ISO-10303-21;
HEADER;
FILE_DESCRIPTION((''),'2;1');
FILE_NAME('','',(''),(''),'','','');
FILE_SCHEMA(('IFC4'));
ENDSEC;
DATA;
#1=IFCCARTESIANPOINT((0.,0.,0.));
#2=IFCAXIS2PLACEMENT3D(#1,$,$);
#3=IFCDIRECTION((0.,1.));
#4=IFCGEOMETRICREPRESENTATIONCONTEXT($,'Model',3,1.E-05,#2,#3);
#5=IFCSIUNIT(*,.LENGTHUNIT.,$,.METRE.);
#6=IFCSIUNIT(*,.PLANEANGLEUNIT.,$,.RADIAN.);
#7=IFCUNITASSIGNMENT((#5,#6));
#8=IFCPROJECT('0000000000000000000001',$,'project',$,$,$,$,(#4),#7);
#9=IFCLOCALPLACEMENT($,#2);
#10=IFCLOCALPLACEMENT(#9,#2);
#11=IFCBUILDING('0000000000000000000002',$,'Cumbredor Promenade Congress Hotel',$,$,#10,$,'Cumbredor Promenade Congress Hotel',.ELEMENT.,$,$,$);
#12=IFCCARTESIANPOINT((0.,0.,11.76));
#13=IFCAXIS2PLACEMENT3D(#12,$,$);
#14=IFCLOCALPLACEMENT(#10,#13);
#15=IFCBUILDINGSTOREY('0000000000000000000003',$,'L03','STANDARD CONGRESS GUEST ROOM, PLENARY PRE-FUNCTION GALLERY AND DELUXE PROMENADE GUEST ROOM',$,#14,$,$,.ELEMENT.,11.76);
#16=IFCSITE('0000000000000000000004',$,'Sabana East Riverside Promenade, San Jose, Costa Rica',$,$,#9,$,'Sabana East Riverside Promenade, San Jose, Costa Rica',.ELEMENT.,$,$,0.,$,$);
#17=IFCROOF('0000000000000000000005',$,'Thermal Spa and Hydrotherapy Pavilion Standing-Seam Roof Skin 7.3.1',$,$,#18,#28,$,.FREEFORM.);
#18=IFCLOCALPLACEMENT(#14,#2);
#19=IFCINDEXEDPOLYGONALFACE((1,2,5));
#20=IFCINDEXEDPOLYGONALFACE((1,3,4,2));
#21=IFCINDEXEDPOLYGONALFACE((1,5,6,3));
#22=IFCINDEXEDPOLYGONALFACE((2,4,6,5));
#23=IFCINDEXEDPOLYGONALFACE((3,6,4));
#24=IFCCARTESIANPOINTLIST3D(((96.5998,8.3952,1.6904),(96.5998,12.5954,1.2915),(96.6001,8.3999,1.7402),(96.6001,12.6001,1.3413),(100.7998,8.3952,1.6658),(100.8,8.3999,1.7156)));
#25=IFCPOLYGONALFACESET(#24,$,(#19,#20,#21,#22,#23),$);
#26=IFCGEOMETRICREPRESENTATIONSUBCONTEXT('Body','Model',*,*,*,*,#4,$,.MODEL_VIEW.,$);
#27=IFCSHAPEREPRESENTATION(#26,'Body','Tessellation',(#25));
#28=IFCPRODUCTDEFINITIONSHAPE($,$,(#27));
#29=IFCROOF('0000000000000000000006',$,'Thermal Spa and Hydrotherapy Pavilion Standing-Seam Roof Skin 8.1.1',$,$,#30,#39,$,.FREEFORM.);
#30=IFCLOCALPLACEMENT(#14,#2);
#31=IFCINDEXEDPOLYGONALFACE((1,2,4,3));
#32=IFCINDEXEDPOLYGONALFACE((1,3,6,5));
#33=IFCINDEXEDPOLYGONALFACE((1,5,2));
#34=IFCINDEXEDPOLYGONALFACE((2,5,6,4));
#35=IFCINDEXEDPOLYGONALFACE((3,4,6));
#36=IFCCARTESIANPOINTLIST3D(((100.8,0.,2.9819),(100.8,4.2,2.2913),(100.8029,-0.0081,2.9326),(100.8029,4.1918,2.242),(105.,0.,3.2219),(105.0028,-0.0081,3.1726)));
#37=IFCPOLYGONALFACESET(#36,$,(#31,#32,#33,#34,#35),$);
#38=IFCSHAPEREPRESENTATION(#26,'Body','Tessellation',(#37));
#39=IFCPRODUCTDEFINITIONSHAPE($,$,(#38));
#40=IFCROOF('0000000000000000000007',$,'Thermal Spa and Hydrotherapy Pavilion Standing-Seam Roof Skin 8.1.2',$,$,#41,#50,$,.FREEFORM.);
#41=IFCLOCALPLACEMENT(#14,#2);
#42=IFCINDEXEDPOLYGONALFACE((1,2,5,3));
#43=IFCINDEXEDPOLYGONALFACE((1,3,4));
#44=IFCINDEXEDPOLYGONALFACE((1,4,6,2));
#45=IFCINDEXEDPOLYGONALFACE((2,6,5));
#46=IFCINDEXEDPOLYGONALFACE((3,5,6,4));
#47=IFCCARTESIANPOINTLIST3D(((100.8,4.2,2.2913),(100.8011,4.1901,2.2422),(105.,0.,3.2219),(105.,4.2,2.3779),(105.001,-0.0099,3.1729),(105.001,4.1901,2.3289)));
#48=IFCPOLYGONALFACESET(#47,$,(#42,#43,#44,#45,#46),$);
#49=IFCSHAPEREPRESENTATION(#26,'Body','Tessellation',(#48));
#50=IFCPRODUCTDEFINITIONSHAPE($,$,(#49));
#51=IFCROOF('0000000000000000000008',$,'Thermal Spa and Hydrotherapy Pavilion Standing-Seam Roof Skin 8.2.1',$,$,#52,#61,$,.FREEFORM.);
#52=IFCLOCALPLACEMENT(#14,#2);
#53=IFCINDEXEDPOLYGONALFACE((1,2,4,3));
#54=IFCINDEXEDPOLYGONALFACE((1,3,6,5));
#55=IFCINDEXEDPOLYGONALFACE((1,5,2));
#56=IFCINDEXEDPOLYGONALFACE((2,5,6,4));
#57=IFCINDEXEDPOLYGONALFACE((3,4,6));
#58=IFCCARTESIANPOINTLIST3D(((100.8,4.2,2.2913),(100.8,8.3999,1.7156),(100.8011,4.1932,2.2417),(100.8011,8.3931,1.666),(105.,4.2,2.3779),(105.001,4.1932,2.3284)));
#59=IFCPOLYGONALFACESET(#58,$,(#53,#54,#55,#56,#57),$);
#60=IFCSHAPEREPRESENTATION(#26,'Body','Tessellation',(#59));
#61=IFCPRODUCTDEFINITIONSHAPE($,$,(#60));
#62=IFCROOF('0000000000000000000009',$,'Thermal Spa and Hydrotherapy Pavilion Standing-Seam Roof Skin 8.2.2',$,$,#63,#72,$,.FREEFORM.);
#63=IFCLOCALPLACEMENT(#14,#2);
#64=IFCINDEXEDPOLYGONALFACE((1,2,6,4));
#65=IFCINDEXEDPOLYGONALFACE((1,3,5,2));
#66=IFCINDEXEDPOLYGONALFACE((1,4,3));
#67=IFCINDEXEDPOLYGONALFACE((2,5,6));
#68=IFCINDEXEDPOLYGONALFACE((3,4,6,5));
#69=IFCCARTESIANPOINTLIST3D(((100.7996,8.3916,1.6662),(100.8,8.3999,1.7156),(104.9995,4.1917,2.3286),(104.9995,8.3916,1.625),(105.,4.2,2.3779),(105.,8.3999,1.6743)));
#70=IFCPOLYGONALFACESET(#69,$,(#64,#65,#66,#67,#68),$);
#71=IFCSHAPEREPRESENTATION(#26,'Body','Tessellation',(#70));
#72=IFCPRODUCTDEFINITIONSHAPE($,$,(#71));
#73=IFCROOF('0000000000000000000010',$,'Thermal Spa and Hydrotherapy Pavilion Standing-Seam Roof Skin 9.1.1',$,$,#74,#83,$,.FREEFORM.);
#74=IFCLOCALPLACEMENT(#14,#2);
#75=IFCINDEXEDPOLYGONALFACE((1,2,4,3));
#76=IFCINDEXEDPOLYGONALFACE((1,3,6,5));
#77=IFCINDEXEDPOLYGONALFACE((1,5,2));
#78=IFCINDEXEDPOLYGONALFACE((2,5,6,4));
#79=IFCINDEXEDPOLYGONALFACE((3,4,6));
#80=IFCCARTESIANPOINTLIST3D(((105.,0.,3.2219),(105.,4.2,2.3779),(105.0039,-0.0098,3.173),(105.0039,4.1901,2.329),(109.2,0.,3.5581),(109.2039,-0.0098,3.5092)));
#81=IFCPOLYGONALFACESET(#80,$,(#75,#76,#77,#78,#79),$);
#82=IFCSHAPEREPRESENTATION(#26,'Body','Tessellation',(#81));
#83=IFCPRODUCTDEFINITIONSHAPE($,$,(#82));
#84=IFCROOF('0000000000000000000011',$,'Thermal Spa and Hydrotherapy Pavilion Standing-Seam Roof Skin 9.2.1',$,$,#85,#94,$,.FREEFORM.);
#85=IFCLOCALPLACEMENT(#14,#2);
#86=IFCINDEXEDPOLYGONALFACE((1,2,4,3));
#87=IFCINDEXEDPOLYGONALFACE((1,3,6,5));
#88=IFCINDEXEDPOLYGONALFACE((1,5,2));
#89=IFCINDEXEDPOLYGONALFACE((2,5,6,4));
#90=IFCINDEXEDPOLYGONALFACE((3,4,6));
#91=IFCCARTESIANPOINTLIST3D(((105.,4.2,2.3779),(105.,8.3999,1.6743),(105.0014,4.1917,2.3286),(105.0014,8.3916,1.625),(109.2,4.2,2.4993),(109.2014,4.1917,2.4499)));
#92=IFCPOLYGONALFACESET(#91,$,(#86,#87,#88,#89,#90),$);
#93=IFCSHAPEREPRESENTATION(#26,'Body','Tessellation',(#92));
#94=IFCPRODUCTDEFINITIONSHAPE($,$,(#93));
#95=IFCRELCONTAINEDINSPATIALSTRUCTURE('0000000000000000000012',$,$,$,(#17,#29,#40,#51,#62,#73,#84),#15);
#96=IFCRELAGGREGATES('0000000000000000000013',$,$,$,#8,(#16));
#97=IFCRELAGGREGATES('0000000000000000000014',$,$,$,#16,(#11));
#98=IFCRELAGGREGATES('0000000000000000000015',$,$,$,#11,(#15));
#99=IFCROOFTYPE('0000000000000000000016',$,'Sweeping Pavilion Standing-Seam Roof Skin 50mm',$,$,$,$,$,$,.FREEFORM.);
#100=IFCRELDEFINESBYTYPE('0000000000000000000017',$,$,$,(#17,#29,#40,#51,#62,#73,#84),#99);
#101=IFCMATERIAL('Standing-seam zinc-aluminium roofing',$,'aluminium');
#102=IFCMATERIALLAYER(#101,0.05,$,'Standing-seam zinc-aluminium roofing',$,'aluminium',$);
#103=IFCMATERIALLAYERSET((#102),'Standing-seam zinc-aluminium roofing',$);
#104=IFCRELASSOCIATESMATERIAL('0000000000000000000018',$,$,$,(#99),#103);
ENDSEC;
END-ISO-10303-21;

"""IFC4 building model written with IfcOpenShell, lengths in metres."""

from ifc_helpers import new_model, si_unit, direction, frame, origin, place, context, subcontext, project, spatial, polyline, outline, extrude, material, layer, layer_set, type_object, element, save


model = new_model("IFC4")

# Units and contexts
model_context = context("Model", 3, precision=1e-05, world=origin(), true_north=direction((0.0, 1.0)))
body_context = subcontext(model_context, "Body", "Model", "MODEL_VIEW")
ifc_project = project(units=[si_unit("LENGTHUNIT", "METRE"), si_unit("PLANEANGLEUNIT", "RADIAN")], contexts=[model_context])

# Site, building, storey
site_placement = place(None, origin())
site = spatial("IfcSite", under=ifc_project, at=site_placement, Name="Sabana East Riverside Promenade, San Jose, Costa Rica", LongName="Sabana East Riverside Promenade, San Jose, Costa Rica", CompositionType="ELEMENT", RefElevation=0.0)
building_placement = place(site_placement, origin())
building = spatial("IfcBuilding", under=site, at=building_placement, Name="Cumbredor Promenade Congress Hotel", LongName="Cumbredor Promenade Congress Hotel", CompositionType="ELEMENT")
storey_placement = place(building_placement, frame((0.0, 0.0, 11.76)))
storey = spatial("IfcBuildingStorey", under=building, at=storey_placement, Name="L03", Description="STANDARD CONGRESS GUEST ROOM, PLENARY PRE-FUNCTION GALLERY AND DELUXE PROMENADE GUEST ROOM", CompositionType="ELEMENT", Elevation=11.76)

# Roofs
ifc_material_1 = material(Name="Standing-seam zinc-aluminium roofing", Category="aluminium")
ifc_layer_1 = layer(ifc_material_1, 0.05, Name="Standing-seam zinc-aluminium roofing", Category="aluminium")
ifc_layer_set_1 = layer_set([ifc_layer_1], Name="Standing-seam zinc-aluminium roofing")
roof_type = type_object("IfcRoofType", Name="Sweeping Pavilion Standing-Seam Roof Skin 50mm", PredefinedType="FREEFORM", material=ifc_layer_set_1)
roof_1_placement = place(storey_placement, frame((96.6001, 8.3999, 1.7402), z_axis=(0.005845, 0.094551, 0.995503), x_axis=(0.999983, 0.0, -0.005871)))
element("IfcRoof", 1, at=roof_1_placement, inside=storey, type_object=roof_type, Name="Thermal Spa and Hydrotherapy Pavilion Standing-Seam Roof Skin 7.3.1", PredefinedType="FREEFORM", context=body_context, shape_type="SweptSolid", body=[
    extrude(outline(polyline([(0.0, 0.0), (4.2, 0.0), (0.0023, 4.2191), (0.0, 0.0)])), origin(), (0.0, 0.0, -1.0), 0.05),
])
roof_2_placement = place(storey_placement, frame((100.8, 0.0, 2.9819), z_axis=(-0.056294, 0.162011, 0.985182), x_axis=(0.998371, 0.0, 0.057048)))
element("IfcRoof", 2, at=roof_2_placement, inside=storey, type_object=roof_type, Name="Thermal Spa and Hydrotherapy Pavilion Standing-Seam Roof Skin 8.1.1", PredefinedType="FREEFORM", context=body_context, shape_type="SweptSolid", body=[
    extrude(outline(polyline([(0.0, 0.0), (4.2068, 0.0), (-0.0394, 4.2562), (0.0, 0.0)])), origin(), (0.0, 0.0, -1.0), 0.05),
])
roof_3_placement = place(storey_placement, frame((105.0, 0.0, 3.2219), z_axis=(-0.020227, 0.196974, 0.9802), x_axis=(0.0, 0.980401, -0.197015)))
element("IfcRoof", 3, at=roof_3_placement, inside=storey, type_object=roof_type, Name="Thermal Spa and Hydrotherapy Pavilion Standing-Seam Roof Skin 8.1.2", PredefinedType="FREEFORM", context=body_context, shape_type="SweptSolid", body=[
    extrude(outline(polyline([(0.0, 0.0), (4.2839, 0.0), (4.301, 4.2008), (0.0, 0.0)])), origin(), (0.0, 0.0, -1.0), 0.05),
])
roof_4_placement = place(storey_placement, frame((100.8, 4.2, 2.2913), z_axis=(-0.020441, 0.135771, 0.990529), x_axis=(0.999787, 0.0, 0.020632)))
element("IfcRoof", 4, at=roof_4_placement, inside=storey, type_object=roof_type, Name="Thermal Spa and Hydrotherapy Pavilion Standing-Seam Roof Skin 8.2.1", PredefinedType="FREEFORM", context=body_context, shape_type="SweptSolid", body=[
    extrude(outline(polyline([(0.0, 0.0), (4.2008, 0.0), (-0.0119, 4.2392), (0.0, 0.0)])), origin(), (0.0, 0.0, -1.0), 0.05),
])
roof_5_placement = place(storey_placement, frame((105.0, 4.2, 2.3779), z_axis=(0.009688, 0.165219, 0.986209), x_axis=(0.0, 0.986256, -0.165226)))
element("IfcRoof", 5, at=roof_5_placement, inside=storey, type_object=roof_type, Name="Thermal Spa and Hydrotherapy Pavilion Standing-Seam Roof Skin 8.2.2", PredefinedType="FREEFORM", context=body_context, shape_type="SweptSolid", body=[
    extrude(outline(polyline([(0.0, 0.0), (4.2585, 0.0), (4.2517, 4.2001), (0.0, 0.0)])), origin(), (0.0, 0.0, -1.0), 0.05),
])
roof_6_placement = place(storey_placement, frame((105.0, 0.0, 3.2219), z_axis=(-0.078235, 0.196411, 0.977396), x_axis=(0.996812, 0.0, 0.079789)))
element("IfcRoof", 6, at=roof_6_placement, inside=storey, type_object=roof_type, Name="Thermal Spa and Hydrotherapy Pavilion Standing-Seam Roof Skin 9.1.1", PredefinedType="FREEFORM", context=body_context, shape_type="SweptSolid", body=[
    extrude(outline(polyline([(0.0, 0.0), (4.2134, 0.0), (-0.0673, 4.2834), (0.0, 0.0)])), origin(), (0.0, 0.0, -1.0), 0.05),
])
roof_7_placement = place(storey_placement, frame((105.0, 4.2, 2.3779), z_axis=(-0.028482, 0.165159, 0.985856), x_axis=(0.999583, 0.0, 0.028878)))
element("IfcRoof", 7, at=roof_7_placement, inside=storey, type_object=roof_type, Name="Thermal Spa and Hydrotherapy Pavilion Standing-Seam Roof Skin 9.2.1", PredefinedType="FREEFORM", context=body_context, shape_type="SweptSolid", body=[
    extrude(outline(polyline([(0.0, 0.0), (4.2017, 0.0), (-0.0203, 4.2584), (0.0, 0.0)])), origin(), (0.0, 0.0, -1.0), 0.05),
])

save(model, "model.ifc")
